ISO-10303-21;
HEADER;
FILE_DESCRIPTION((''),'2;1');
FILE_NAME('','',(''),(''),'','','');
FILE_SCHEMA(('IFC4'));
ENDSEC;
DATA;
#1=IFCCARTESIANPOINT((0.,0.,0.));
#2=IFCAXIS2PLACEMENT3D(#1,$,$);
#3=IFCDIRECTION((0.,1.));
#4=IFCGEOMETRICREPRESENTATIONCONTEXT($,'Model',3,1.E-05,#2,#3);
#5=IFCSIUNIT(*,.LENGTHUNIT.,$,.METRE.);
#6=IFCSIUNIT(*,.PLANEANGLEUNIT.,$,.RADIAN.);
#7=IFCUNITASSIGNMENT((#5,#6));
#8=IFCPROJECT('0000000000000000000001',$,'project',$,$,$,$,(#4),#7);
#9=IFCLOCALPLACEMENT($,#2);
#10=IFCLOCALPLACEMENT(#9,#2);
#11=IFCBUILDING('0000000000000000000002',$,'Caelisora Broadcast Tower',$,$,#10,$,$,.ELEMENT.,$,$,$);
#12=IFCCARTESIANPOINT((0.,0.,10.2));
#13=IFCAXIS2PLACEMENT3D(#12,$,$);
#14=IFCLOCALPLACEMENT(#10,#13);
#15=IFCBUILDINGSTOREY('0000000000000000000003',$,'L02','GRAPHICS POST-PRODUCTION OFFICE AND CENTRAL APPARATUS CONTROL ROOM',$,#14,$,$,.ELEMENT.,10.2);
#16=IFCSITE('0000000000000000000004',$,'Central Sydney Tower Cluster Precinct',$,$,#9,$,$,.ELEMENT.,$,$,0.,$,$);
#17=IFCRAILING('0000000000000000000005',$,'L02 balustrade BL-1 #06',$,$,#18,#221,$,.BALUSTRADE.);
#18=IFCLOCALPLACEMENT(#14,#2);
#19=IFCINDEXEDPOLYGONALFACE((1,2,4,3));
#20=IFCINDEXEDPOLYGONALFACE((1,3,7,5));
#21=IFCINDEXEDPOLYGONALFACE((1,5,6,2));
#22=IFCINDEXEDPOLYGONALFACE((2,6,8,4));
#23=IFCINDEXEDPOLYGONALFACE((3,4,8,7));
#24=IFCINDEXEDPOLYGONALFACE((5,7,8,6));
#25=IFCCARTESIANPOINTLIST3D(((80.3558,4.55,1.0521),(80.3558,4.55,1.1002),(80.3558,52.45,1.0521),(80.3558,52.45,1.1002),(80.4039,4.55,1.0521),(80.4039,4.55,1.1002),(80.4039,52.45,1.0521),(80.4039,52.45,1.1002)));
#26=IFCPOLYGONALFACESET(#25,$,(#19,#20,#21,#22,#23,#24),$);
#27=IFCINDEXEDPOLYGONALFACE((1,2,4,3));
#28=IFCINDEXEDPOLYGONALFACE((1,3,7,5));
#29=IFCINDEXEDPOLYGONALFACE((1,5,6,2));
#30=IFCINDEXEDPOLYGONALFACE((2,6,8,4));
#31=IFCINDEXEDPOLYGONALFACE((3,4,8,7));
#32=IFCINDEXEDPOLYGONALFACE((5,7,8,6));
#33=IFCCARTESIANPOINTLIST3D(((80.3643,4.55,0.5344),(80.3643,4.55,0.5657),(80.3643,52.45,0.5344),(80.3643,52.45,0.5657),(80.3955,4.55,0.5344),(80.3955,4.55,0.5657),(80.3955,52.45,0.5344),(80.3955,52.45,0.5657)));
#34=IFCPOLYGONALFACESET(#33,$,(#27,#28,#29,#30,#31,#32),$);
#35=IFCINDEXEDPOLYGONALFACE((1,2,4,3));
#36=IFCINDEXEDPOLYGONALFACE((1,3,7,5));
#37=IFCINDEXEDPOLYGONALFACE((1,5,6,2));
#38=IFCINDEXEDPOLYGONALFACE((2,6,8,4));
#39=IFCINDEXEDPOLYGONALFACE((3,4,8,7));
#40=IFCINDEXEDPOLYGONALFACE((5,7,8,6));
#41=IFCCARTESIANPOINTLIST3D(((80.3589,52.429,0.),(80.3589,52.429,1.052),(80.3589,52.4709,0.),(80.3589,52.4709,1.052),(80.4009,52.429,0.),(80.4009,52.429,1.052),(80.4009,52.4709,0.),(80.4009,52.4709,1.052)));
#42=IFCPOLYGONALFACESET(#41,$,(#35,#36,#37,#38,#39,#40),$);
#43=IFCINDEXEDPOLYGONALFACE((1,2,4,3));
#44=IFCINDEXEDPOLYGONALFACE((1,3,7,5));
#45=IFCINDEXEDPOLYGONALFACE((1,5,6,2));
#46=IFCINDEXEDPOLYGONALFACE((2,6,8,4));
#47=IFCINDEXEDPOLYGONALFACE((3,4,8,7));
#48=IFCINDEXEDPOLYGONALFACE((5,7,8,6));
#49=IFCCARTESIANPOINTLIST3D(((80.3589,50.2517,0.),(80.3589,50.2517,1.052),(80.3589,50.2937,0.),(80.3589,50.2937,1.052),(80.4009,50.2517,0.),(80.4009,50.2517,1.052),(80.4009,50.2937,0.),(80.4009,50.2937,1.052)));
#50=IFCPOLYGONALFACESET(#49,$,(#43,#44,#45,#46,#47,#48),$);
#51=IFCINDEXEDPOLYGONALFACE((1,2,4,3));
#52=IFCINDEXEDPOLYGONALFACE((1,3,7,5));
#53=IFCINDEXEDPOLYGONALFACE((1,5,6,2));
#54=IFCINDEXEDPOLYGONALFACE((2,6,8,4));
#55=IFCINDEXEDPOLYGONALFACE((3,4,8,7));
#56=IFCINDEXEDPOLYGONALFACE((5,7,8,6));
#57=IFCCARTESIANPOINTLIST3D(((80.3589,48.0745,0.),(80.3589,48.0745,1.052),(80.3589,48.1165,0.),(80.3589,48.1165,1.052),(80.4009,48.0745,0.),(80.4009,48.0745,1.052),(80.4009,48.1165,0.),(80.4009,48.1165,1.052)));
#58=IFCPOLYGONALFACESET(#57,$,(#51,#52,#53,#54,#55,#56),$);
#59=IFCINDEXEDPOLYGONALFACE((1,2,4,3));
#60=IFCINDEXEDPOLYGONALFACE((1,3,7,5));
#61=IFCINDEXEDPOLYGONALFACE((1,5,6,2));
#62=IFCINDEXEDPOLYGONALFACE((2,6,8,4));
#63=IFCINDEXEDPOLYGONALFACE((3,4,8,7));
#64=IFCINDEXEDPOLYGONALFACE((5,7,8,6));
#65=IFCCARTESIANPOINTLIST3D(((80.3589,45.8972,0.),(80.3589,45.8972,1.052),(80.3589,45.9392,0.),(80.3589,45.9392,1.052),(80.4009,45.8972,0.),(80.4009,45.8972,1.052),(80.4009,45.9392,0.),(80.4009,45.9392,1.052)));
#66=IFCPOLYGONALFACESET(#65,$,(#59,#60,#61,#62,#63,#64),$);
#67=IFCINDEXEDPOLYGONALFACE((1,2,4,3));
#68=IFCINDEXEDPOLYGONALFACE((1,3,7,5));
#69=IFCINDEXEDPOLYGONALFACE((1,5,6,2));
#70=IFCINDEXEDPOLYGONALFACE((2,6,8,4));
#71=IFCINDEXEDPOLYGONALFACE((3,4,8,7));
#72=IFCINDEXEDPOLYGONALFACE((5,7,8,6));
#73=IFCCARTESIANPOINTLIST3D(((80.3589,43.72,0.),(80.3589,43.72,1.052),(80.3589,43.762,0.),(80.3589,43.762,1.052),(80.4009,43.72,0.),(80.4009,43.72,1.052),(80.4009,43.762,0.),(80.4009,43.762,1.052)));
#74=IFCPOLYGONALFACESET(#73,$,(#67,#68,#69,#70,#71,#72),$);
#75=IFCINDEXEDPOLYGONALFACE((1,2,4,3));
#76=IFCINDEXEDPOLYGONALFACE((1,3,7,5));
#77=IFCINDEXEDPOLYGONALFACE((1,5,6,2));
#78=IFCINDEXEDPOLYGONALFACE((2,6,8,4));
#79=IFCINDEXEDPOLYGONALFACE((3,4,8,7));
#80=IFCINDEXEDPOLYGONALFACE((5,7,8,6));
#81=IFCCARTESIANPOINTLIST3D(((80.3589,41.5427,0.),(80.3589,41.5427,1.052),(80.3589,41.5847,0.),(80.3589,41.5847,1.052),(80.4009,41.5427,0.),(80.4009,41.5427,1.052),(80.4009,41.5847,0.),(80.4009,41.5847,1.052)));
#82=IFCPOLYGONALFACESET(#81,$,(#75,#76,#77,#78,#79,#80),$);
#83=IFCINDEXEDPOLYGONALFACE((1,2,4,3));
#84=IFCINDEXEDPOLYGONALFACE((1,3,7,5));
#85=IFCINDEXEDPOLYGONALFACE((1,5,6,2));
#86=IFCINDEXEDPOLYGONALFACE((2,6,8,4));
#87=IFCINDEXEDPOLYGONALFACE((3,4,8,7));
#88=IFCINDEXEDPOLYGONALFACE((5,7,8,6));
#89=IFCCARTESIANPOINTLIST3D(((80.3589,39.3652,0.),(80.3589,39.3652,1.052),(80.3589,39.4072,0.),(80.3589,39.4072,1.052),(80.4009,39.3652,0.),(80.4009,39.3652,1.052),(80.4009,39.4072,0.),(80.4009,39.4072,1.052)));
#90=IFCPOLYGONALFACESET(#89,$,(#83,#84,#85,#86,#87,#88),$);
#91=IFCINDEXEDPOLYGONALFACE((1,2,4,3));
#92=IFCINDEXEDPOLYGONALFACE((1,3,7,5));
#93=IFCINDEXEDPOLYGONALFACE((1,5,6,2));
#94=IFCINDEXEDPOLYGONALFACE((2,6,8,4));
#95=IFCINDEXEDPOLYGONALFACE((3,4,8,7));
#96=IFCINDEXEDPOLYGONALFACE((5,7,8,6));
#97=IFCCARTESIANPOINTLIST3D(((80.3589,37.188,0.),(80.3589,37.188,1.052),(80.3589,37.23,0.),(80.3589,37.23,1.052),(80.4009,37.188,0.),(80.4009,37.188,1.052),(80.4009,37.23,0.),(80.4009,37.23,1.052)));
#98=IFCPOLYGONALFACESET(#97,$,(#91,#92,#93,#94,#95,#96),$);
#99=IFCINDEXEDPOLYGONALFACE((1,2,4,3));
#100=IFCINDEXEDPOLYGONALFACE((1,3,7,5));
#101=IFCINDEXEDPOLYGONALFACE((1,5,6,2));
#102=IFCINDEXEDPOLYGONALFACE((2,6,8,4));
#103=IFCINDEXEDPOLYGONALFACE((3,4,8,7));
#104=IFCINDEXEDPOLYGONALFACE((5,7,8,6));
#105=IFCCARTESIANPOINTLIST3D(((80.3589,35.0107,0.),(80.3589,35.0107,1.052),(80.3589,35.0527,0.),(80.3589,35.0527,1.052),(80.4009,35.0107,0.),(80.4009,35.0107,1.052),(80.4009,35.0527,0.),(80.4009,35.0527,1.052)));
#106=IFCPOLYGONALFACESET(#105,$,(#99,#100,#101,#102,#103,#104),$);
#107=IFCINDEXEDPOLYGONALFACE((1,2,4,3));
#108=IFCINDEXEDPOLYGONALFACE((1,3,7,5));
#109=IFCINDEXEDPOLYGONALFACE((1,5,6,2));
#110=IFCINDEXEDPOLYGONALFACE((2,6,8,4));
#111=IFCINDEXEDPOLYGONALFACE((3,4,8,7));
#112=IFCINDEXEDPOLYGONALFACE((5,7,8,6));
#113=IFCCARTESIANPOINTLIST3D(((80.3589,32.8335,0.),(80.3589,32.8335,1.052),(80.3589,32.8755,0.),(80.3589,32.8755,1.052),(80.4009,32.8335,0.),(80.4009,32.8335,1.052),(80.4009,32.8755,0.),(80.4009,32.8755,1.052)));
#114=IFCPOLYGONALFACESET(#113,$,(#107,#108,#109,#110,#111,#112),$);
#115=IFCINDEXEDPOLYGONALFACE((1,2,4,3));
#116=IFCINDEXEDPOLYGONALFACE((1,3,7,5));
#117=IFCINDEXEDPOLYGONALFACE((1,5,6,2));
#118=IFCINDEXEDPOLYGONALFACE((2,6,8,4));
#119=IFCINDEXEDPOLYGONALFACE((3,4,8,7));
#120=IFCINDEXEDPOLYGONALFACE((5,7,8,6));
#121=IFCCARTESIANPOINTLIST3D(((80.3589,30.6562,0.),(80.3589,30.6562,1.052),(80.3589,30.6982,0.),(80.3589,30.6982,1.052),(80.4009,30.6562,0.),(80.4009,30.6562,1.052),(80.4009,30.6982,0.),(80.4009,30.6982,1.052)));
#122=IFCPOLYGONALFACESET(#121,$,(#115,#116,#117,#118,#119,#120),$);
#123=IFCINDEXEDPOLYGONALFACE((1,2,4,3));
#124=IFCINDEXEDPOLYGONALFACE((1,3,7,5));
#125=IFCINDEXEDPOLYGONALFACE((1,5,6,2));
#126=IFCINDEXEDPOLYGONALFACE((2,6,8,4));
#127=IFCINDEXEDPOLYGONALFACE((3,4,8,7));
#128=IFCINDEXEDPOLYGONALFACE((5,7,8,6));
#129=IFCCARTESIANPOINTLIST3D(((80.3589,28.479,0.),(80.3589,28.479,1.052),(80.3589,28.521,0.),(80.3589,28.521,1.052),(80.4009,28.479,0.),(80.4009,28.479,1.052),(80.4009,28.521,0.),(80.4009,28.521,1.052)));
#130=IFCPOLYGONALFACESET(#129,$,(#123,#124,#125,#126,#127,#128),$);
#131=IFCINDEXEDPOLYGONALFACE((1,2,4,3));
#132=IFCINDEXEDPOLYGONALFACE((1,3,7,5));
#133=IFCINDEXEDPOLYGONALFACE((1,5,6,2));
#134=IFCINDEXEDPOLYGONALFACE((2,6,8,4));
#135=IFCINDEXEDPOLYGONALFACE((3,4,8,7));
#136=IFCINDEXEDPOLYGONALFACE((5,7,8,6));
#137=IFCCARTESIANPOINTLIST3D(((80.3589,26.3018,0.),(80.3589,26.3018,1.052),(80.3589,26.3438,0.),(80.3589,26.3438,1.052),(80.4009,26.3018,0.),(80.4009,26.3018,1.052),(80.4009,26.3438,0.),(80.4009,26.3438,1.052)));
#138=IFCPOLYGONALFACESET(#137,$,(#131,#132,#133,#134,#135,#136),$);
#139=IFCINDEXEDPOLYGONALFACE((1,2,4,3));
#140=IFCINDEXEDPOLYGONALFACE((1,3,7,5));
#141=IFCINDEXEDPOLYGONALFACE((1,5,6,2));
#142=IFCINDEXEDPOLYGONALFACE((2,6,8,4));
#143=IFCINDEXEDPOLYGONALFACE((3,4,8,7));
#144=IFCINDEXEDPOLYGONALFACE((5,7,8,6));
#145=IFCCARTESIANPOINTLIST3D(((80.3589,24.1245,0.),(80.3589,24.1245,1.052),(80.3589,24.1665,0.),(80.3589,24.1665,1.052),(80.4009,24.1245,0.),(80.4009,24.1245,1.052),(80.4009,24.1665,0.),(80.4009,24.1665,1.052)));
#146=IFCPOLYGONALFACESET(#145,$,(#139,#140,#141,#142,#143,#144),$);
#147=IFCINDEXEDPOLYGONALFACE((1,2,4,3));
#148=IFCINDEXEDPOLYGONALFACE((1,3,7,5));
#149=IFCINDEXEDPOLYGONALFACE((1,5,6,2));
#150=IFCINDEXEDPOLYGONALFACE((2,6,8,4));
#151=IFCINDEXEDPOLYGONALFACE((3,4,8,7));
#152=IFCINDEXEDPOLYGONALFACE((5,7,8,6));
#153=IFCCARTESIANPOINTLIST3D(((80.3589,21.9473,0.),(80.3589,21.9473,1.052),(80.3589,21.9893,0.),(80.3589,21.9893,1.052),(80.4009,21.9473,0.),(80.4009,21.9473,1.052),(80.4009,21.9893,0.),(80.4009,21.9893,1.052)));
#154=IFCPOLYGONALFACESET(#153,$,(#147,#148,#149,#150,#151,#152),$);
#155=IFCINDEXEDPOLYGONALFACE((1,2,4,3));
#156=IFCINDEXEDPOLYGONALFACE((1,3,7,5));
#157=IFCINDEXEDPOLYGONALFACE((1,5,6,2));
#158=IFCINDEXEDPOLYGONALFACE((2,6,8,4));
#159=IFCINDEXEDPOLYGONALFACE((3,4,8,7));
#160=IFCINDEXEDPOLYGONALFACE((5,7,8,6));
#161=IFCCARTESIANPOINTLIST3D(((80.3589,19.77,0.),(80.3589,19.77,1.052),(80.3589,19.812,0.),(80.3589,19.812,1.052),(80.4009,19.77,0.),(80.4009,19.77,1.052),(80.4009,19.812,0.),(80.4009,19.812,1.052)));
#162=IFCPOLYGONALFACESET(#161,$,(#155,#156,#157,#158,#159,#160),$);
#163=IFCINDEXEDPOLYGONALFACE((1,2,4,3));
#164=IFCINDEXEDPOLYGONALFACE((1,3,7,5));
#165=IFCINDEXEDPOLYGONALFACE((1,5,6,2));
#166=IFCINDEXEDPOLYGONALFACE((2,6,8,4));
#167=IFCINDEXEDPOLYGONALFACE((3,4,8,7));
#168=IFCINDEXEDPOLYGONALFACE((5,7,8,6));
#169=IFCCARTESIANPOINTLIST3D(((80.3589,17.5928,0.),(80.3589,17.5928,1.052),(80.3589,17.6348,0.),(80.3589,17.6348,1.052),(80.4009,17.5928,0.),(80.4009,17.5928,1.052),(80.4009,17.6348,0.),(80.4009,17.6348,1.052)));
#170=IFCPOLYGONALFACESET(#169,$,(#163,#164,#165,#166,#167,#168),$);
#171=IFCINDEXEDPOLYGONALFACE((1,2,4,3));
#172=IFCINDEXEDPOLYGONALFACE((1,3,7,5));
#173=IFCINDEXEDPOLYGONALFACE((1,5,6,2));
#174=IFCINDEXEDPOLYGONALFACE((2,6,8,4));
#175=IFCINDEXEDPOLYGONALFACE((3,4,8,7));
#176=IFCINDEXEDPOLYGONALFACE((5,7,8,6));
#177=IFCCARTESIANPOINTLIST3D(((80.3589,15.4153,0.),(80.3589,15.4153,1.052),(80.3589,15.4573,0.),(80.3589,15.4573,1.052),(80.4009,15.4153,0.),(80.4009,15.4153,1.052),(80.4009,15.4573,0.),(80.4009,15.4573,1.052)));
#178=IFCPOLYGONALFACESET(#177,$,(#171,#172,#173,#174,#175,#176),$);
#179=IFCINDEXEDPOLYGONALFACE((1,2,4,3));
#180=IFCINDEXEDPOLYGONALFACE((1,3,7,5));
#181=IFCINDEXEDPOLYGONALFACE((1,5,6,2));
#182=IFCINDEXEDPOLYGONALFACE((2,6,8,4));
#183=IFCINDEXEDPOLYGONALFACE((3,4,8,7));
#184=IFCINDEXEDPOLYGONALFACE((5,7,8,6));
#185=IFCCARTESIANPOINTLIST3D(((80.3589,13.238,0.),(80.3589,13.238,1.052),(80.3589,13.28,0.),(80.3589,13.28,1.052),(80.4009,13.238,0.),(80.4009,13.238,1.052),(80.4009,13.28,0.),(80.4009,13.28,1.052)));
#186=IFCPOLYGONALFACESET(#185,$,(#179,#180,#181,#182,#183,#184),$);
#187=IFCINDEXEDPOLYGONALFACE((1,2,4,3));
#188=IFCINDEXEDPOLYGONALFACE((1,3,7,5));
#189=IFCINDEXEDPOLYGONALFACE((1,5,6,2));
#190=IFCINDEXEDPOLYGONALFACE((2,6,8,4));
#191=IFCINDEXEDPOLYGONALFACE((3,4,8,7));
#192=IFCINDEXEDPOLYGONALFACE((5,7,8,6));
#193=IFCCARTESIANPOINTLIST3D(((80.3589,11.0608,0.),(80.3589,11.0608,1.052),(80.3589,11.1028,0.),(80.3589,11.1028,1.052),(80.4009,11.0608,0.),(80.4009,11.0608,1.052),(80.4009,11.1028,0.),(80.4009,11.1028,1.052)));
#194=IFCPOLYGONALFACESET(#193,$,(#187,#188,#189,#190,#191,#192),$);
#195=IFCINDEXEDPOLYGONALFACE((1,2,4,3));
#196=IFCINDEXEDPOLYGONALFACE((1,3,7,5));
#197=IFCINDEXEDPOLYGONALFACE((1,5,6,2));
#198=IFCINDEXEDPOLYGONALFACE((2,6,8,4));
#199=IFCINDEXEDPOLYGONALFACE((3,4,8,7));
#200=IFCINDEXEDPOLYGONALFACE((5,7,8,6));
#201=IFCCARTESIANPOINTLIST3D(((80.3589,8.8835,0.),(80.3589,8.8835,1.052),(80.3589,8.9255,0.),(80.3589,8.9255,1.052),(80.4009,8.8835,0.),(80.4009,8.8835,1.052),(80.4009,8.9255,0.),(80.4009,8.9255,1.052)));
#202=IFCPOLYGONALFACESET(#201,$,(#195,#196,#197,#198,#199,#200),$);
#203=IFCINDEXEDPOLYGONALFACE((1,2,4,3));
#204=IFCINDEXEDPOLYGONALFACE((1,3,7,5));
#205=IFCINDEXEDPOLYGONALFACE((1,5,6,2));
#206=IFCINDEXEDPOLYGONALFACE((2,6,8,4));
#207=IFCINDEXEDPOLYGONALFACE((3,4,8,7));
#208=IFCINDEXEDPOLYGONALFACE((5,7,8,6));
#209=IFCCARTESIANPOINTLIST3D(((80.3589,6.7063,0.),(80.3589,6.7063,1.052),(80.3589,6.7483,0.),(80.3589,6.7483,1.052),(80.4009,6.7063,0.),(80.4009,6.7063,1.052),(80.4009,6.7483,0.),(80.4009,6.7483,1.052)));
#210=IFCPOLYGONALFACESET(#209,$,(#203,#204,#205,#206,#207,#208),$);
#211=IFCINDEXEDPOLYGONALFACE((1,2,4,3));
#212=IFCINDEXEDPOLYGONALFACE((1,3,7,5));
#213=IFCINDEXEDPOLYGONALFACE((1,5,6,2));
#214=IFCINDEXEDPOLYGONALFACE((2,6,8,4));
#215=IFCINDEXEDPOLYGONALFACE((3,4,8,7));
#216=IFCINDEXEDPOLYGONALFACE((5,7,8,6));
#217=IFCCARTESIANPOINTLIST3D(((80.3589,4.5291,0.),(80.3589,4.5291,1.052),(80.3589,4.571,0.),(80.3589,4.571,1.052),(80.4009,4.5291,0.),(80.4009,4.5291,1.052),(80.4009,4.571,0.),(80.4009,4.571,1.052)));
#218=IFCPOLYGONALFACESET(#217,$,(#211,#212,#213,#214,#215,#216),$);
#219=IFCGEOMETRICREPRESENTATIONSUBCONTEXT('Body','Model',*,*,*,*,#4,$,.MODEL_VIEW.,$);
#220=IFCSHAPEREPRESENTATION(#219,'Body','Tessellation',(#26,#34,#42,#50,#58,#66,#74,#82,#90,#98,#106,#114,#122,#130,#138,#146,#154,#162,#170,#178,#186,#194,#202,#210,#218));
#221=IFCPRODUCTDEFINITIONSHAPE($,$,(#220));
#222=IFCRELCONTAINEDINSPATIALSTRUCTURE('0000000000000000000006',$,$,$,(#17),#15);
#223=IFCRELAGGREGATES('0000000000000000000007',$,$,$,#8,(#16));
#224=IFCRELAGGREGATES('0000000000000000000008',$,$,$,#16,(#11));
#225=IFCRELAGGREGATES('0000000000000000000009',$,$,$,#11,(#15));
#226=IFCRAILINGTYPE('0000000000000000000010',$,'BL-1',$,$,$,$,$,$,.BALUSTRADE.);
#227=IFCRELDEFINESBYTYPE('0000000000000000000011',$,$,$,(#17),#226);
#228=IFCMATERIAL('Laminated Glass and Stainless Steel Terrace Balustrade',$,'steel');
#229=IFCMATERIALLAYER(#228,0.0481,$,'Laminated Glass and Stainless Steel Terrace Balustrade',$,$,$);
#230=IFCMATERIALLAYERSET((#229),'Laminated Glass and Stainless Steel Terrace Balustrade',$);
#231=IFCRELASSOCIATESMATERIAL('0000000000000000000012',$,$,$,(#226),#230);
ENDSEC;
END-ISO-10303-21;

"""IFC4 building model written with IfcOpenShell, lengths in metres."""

from ifc_helpers import new_model, si_unit, direction, frame, origin, origin_2d, place, context, subcontext, project, spatial, rectangle, extrude, material, layer, layer_set, type_object, element, save


model = new_model("IFC4")

# Units and contexts
model_context = context("Model", 3, precision=1e-05, world=origin(), true_north=direction((0.0, 1.0)))
body_context = subcontext(model_context, "Body", "Model", "MODEL_VIEW")
ifc_project = project(units=[si_unit("LENGTHUNIT", "METRE"), si_unit("PLANEANGLEUNIT", "RADIAN")], contexts=[model_context])

# Site, building, storey
site_placement = place(None, origin())
site = spatial("IfcSite", under=ifc_project, at=site_placement, Name="Central Sydney Tower Cluster Precinct", CompositionType="ELEMENT", RefElevation=0.0)
building_placement = place(site_placement, origin())
building = spatial("IfcBuilding", under=site, at=building_placement, Name="Caelisora Broadcast Tower", CompositionType="ELEMENT")
storey_placement = place(building_placement, frame((0.0, 0.0, 10.2)))
storey = spatial("IfcBuildingStorey", under=building, at=storey_placement, Name="L02", Description="GRAPHICS POST-PRODUCTION OFFICE AND CENTRAL APPARATUS CONTROL ROOM", CompositionType="ELEMENT", Elevation=10.2)

# Railing
ifc_material_1 = material(Name="Laminated Glass and Stainless Steel Terrace Balustrade", Category="steel")
ifc_layer_1 = layer(ifc_material_1, 0.0481, Name="Laminated Glass and Stainless Steel Terrace Balustrade")
ifc_layer_set_1 = layer_set([ifc_layer_1], Name="Laminated Glass and Stainless Steel Terrace Balustrade")
railing_type = type_object("IfcRailingType", Name="BL-1", PredefinedType="BALUSTRADE", material=ifc_layer_set_1)
railing_1_placement = place(storey_placement, frame((80.3799, 52.45, 0.0)))
element("IfcRailing", 1, at=railing_1_placement, inside=storey, type_object=railing_type, Name="L02 balustrade BL-1 #06", PredefinedType="BALUSTRADE", context=body_context, shape_type="SweptSolid", body=[
    extrude(rectangle(XDim=0.0481, YDim=0.0481, at=origin_2d()), frame((0.0, 0.0, 1.0762), z_axis=(0.0, -1.0, 0.0), x_axis=(1.0, 0.0, 0.0)), (0.0, 0.0, 1.0), 47.8999),
    extrude(rectangle(XDim=0.0312, YDim=0.0312, at=origin_2d()), frame((0.0, 0.0, 0.55), z_axis=(0.0, -1.0, 0.0), x_axis=(1.0, 0.0, 0.0)), (0.0, 0.0, 1.0), 47.8999),
    extrude(rectangle(XDim=0.042, YDim=0.042, at=origin_2d()), origin(), (0.0, 0.0, 1.0), 1.052),
    extrude(rectangle(XDim=0.042, YDim=0.042, at=origin_2d()), frame((0.0, -2.1772, 0.0)), (0.0, 0.0, 1.0), 1.052),
    extrude(rectangle(XDim=0.042, YDim=0.042, at=origin_2d()), frame((0.0, -4.3545, 0.0)), (0.0, 0.0, 1.0), 1.052),
    extrude(rectangle(XDim=0.042, YDim=0.042, at=origin_2d()), frame((0.0, -6.5317, 0.0)), (0.0, 0.0, 1.0), 1.052),
    extrude(rectangle(XDim=0.042, YDim=0.042, at=origin_2d()), frame((0.0, -8.709, 0.0)), (0.0, 0.0, 1.0), 1.052),
    extrude(rectangle(XDim=0.042, YDim=0.042, at=origin_2d()), frame((0.0, -10.8862, 0.0)), (0.0, 0.0, 1.0), 1.052),
    extrude(rectangle(XDim=0.042, YDim=0.042, at=origin_2d()), frame((0.0, -13.0637, 0.0)), (0.0, 0.0, 1.0), 1.052),
    extrude(rectangle(XDim=0.042, YDim=0.042, at=origin_2d()), frame((0.0, -15.241, 0.0)), (0.0, 0.0, 1.0), 1.052),
    extrude(rectangle(XDim=0.042, YDim=0.042, at=origin_2d()), frame((0.0, -17.4182, 0.0)), (0.0, 0.0, 1.0), 1.052),
    extrude(rectangle(XDim=0.042, YDim=0.042, at=origin_2d()), frame((0.0, -19.5955, 0.0)), (0.0, 0.0, 1.0), 1.052),
    extrude(rectangle(XDim=0.042, YDim=0.042, at=origin_2d()), frame((0.0, -21.7727, 0.0)), (0.0, 0.0, 1.0), 1.052),
    extrude(rectangle(XDim=0.042, YDim=0.042, at=origin_2d()), frame((0.0, -23.95, 0.0)), (0.0, 0.0, 1.0), 1.052),
    extrude(rectangle(XDim=0.042, YDim=0.042, at=origin_2d()), frame((0.0, -26.1272, 0.0)), (0.0, 0.0, 1.0), 1.052),
    extrude(rectangle(XDim=0.042, YDim=0.042, at=origin_2d()), frame((0.0, -28.3044, 0.0)), (0.0, 0.0, 1.0), 1.052),
    extrude(rectangle(XDim=0.042, YDim=0.042, at=origin_2d()), frame((0.0, -30.4817, 0.0)), (0.0, 0.0, 1.0), 1.052),
    extrude(rectangle(XDim=0.042, YDim=0.042, at=origin_2d()), frame((0.0, -32.6589, 0.0)), (0.0, 0.0, 1.0), 1.052),
    extrude(rectangle(XDim=0.042, YDim=0.042, at=origin_2d()), frame((0.0, -34.8362, 0.0)), (0.0, 0.0, 1.0), 1.052),
    extrude(rectangle(XDim=0.042, YDim=0.042, at=origin_2d()), frame((0.0, -37.0137, 0.0)), (0.0, 0.0, 1.0), 1.052),
    extrude(rectangle(XDim=0.042, YDim=0.042, at=origin_2d()), frame((0.0, -39.1909, 0.0)), (0.0, 0.0, 1.0), 1.052),
    extrude(rectangle(XDim=0.042, YDim=0.042, at=origin_2d()), frame((0.0, -41.3682, 0.0)), (0.0, 0.0, 1.0), 1.052),
    extrude(rectangle(XDim=0.042, YDim=0.042, at=origin_2d()), frame((0.0, -43.5454, 0.0)), (0.0, 0.0, 1.0), 1.052),
    extrude(rectangle(XDim=0.042, YDim=0.042, at=origin_2d()), frame((0.0, -45.7227, 0.0)), (0.0, 0.0, 1.0), 1.052),
    extrude(rectangle(XDim=0.042, YDim=0.042, at=origin_2d()), frame((0.0, -47.8999, 0.0)), (0.0, 0.0, 1.0), 1.052),
])

save(model, "model.ifc")
